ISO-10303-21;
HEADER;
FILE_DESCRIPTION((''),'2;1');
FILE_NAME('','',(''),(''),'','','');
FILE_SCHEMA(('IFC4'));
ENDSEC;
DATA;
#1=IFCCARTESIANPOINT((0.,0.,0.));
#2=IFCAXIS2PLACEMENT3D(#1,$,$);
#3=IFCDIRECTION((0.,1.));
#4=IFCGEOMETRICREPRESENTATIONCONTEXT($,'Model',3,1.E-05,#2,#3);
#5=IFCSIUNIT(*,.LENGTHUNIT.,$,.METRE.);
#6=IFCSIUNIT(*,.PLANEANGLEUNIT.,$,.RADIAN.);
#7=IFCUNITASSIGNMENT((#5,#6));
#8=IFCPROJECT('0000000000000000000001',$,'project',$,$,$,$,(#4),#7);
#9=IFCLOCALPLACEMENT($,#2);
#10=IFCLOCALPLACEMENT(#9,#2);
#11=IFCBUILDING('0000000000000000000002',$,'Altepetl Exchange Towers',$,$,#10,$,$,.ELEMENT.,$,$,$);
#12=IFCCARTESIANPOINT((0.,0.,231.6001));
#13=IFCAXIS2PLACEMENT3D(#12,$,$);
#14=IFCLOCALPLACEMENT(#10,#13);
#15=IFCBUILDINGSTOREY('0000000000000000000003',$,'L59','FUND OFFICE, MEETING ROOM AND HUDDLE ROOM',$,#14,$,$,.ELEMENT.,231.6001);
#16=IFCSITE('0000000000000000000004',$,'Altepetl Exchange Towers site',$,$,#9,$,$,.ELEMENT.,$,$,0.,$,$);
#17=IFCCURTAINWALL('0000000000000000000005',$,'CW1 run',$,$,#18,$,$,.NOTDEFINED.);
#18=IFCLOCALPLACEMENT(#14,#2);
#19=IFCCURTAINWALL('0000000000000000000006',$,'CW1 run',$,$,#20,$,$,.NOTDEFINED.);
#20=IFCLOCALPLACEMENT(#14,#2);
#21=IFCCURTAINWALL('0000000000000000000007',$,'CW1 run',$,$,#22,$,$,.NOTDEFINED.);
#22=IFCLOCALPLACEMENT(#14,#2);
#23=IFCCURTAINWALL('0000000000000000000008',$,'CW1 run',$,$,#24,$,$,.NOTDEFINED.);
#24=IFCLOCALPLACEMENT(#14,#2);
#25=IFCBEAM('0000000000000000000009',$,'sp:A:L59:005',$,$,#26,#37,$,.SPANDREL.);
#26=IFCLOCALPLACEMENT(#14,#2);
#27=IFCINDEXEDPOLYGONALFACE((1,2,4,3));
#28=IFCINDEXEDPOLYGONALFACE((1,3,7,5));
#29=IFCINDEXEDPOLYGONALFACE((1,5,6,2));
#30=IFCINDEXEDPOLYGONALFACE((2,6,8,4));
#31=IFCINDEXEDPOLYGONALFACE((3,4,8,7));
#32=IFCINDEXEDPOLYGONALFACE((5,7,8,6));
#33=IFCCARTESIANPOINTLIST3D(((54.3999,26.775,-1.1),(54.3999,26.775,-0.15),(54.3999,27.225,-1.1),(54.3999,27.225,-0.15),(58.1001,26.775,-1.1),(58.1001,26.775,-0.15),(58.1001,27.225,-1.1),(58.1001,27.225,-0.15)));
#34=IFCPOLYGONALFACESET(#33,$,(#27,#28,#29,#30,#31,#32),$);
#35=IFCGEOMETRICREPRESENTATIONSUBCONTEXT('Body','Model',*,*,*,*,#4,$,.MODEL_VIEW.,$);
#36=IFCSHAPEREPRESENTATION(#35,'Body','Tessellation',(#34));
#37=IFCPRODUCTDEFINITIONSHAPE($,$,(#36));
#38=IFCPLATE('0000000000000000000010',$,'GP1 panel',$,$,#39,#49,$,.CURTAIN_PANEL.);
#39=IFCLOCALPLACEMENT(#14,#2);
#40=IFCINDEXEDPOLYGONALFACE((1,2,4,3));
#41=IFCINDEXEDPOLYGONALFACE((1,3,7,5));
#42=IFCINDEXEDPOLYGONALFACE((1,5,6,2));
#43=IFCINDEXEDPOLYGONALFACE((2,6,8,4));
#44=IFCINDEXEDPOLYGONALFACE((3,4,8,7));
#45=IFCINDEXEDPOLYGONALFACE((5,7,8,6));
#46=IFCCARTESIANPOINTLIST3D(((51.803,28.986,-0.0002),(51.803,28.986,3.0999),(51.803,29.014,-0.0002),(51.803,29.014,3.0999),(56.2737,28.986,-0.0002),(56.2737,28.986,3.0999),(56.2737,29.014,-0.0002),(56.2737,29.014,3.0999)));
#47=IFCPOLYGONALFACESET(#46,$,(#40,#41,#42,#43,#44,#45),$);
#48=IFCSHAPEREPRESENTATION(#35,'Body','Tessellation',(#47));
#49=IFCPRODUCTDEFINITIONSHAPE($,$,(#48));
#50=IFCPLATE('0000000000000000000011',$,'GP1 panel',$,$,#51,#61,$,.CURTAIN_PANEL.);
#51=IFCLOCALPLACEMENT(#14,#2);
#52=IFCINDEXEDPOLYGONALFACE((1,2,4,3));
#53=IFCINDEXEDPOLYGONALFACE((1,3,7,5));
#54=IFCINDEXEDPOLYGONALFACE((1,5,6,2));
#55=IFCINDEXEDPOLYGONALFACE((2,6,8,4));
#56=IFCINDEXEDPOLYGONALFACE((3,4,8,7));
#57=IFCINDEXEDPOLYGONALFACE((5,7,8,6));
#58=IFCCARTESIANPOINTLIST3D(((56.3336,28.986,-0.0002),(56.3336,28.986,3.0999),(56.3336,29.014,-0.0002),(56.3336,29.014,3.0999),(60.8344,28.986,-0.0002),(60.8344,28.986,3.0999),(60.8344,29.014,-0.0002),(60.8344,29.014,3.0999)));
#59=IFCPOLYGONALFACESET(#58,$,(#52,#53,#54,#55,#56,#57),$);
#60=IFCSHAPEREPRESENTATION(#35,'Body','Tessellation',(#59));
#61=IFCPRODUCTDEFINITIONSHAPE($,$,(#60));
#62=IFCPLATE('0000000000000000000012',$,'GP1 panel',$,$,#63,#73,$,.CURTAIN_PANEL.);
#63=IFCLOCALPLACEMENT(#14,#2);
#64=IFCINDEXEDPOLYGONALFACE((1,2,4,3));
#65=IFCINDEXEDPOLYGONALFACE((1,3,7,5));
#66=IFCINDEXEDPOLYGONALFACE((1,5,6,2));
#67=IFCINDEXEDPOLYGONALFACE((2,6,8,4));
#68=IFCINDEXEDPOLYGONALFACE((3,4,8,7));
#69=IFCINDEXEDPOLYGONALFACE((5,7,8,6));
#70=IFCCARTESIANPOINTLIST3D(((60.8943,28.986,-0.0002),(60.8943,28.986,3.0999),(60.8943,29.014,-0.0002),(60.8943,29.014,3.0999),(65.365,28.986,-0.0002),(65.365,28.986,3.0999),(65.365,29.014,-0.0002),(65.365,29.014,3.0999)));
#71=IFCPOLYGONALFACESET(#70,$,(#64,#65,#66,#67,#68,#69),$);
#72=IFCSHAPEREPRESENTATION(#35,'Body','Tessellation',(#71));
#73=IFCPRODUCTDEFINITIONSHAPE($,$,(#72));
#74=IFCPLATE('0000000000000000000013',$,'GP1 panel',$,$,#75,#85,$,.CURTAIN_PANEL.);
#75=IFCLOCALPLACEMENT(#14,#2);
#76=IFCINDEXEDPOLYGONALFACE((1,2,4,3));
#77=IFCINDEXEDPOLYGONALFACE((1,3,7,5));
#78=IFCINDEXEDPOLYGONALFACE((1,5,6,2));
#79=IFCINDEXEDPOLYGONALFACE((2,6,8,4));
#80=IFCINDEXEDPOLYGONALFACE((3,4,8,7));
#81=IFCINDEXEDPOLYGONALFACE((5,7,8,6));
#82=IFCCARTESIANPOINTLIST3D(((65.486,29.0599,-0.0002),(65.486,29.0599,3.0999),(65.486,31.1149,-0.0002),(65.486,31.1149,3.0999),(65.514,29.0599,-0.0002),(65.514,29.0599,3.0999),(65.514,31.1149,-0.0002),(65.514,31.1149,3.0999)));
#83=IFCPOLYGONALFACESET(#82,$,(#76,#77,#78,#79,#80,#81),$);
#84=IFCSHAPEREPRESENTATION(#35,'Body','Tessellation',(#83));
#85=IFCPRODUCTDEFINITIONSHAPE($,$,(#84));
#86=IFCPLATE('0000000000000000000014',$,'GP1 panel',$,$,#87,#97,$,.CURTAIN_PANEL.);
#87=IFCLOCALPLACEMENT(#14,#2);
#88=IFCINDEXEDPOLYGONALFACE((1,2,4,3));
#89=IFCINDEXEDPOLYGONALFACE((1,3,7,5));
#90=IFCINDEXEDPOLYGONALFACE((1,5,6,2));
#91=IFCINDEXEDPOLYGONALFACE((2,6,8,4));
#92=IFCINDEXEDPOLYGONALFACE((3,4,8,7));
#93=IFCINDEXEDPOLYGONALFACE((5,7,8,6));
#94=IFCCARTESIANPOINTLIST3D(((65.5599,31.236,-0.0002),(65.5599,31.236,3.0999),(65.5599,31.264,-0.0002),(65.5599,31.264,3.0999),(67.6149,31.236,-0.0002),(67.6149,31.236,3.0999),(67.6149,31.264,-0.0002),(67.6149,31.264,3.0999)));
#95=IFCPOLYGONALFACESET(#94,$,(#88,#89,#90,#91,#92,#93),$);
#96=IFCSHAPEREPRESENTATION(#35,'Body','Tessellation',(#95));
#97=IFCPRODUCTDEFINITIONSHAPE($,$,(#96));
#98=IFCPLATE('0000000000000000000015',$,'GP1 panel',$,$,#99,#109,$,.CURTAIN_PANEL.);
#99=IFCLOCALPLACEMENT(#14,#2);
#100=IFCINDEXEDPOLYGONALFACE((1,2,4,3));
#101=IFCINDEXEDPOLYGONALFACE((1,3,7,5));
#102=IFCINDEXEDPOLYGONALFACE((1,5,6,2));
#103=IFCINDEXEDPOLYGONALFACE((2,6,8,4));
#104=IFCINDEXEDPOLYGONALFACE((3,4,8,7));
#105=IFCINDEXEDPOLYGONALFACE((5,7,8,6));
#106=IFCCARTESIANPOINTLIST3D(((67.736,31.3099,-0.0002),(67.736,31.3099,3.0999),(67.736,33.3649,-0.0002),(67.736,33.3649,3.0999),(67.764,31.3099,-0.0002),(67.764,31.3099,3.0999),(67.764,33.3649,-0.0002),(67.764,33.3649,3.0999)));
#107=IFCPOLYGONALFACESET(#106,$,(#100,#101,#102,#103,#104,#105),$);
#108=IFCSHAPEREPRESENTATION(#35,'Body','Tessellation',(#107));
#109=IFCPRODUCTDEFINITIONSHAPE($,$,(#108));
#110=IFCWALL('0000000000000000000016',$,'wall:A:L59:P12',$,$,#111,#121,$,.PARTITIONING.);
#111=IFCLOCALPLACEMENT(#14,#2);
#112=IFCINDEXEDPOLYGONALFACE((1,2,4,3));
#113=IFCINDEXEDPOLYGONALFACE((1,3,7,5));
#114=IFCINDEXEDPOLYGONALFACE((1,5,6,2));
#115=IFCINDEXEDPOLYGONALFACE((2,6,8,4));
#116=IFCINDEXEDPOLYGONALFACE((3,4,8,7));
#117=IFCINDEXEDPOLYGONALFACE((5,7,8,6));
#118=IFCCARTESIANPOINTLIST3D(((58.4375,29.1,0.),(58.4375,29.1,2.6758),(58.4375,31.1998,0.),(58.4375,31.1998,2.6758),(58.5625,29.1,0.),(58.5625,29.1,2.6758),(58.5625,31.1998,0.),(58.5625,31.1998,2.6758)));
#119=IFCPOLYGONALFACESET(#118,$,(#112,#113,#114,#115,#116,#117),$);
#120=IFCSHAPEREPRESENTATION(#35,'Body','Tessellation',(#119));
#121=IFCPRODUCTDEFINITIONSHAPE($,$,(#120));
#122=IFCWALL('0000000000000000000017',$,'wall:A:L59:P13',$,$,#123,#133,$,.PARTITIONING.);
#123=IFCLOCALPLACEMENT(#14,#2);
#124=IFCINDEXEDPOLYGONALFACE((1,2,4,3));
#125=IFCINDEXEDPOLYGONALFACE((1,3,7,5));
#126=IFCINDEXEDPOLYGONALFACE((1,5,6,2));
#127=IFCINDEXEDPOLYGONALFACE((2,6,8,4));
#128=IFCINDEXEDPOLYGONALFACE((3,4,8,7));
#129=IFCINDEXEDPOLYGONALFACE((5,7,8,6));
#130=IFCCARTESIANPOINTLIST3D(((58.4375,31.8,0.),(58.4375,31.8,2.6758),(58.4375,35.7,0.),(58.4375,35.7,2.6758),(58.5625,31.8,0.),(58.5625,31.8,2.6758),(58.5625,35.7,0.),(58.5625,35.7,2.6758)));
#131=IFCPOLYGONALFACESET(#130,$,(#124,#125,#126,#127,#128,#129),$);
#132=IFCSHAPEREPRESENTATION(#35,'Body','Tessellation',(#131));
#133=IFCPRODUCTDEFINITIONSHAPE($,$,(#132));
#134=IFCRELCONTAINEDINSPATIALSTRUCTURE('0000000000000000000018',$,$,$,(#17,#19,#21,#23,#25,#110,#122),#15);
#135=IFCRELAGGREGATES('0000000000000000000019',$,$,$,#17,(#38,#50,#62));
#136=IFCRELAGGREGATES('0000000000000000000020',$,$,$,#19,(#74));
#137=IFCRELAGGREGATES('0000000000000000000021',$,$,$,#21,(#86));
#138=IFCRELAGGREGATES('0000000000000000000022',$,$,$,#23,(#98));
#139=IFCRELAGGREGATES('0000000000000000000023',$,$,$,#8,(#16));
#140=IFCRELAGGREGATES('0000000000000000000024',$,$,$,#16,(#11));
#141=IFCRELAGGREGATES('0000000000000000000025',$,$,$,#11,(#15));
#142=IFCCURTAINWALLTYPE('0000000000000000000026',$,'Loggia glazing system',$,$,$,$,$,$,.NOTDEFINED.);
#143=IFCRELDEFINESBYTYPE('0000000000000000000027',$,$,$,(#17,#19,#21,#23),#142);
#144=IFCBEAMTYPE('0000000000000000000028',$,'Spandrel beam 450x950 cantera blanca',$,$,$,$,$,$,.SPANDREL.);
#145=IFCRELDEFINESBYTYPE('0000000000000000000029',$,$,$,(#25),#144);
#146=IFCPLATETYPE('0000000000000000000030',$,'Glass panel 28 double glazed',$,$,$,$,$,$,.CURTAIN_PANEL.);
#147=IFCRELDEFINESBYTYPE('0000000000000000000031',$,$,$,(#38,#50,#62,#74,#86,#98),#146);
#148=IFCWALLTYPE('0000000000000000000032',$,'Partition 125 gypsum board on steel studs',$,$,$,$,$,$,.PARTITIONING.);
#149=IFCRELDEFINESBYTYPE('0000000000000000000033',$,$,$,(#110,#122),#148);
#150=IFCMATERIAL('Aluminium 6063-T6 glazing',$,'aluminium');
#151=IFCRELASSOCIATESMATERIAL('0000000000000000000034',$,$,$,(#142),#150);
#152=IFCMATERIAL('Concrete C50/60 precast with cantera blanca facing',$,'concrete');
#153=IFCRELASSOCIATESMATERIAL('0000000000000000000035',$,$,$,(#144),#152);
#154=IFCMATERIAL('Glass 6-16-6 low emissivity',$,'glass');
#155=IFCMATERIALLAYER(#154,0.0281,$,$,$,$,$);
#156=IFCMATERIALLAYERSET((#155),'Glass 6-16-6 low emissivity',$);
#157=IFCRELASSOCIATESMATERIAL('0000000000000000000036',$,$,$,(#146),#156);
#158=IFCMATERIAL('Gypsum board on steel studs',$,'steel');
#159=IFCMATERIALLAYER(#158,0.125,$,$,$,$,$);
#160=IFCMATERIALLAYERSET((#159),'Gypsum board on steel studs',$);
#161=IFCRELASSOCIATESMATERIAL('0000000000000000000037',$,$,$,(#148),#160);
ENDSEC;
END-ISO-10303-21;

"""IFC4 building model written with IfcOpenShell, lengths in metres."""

from ifc_helpers import new_model, si_unit, direction, frame, frame_2d, origin, origin_2d, place, context, subcontext, project, spatial, rectangle, extrude, material, layer, layer_set, material_profile, profile_set, type_object, element, aggregate, save


model = new_model("IFC4")

# Units and contexts
model_context = context("Model", 3, precision=1e-05, world=origin(), true_north=direction((0.0, 1.0)))
body_context = subcontext(model_context, "Body", "Model", "MODEL_VIEW")
ifc_project = project(units=[si_unit("LENGTHUNIT", "METRE"), si_unit("PLANEANGLEUNIT", "RADIAN")], contexts=[model_context])

# Site, building, storey
site_placement = place(None, origin())
site = spatial("IfcSite", under=ifc_project, at=site_placement, Name="Altepetl Exchange Towers site", CompositionType="ELEMENT", RefElevation=0.0)
building_placement = place(site_placement, origin())
building = spatial("IfcBuilding", under=site, at=building_placement, Name="Altepetl Exchange Towers", CompositionType="ELEMENT")
storey_placement = place(building_placement, frame((0.0, 0.0, 231.6001)))
storey = spatial("IfcBuildingStorey", under=building, at=storey_placement, Name="L59", Description="FUND OFFICE, MEETING ROOM AND HUDDLE ROOM", CompositionType="ELEMENT", Elevation=231.6001)

# Curtain walls
ifc_material_1 = material(Name="Aluminium 6063-T6 glazing", Category="aluminium")
curtain_wall_type = type_object("IfcCurtainWallType", Name="Loggia glazing system", PredefinedType="NOTDEFINED", material=ifc_material_1)
curtain_wall_1_placement = place(storey_placement, origin())
curtain_wall_1 = element("IfcCurtainWall", 1, at=curtain_wall_1_placement, inside=storey, type_object=curtain_wall_type, Name="CW1 run", PredefinedType="NOTDEFINED")
curtain_wall_2_placement = place(storey_placement, origin())
curtain_wall_2 = element("IfcCurtainWall", 2, at=curtain_wall_2_placement, inside=storey, type_object=curtain_wall_type, Name="CW1 run", PredefinedType="NOTDEFINED")
curtain_wall_3_placement = place(storey_placement, origin())
curtain_wall_3 = element("IfcCurtainWall", 3, at=curtain_wall_3_placement, inside=storey, type_object=curtain_wall_type, Name="CW1 run", PredefinedType="NOTDEFINED")

# Curtain wall
curtain_wall_4_placement = place(storey_placement, origin())
curtain_wall_4 = element("IfcCurtainWall", 4, at=curtain_wall_4_placement, inside=storey, type_object=curtain_wall_type, Name="CW1 run", PredefinedType="NOTDEFINED")

# Beam
ifc_material_2 = material(Name="Concrete C50/60 precast with cantera blanca facing", Category="concrete")
ifc_material_profile_1 = material_profile(ifc_material_2, rectangle(XDim=0.45, YDim=0.95, at=origin_2d()), Name="450 x 950")
ifc_profile_set_1 = profile_set([ifc_material_profile_1], Name="Concrete C50/60 precast with cantera blanca facing")
beam_type_1 = type_object("IfcBeamType", Name="Spandrel beam 450x950 cantera blanca", PredefinedType="SPANDREL", material=ifc_profile_set_1)
beam_1_placement = place(storey_placement, frame((54.3999, 27.0, -0.625), z_axis=(1.0, 0.0, 0.0), x_axis=(0.0, 1.0, 0.0)))
element("IfcBeam", 5, at=beam_1_placement, inside=storey, type_object=beam_type_1, Name="sp:A:L59:005", PredefinedType="SPANDREL", context=body_context, shape_type="SweptSolid", body=[
    extrude(rectangle(XDim=0.45, YDim=0.95, at=origin_2d()), origin(), (0.0, 0.0, 1.0), 3.7002),
])

# Plates
ifc_material_3 = material(Name="Glass 6-16-6 low emissivity", Category="glass")
ifc_layer_1 = layer(ifc_material_3, 0.0281)
ifc_layer_set_1 = layer_set([ifc_layer_1], Name="Glass 6-16-6 low emissivity")
plate_type = type_object("IfcPlateType", Name="Glass panel 28 double glazed", PredefinedType="CURTAIN_PANEL", material=ifc_layer_set_1)
plate_1_placement = place(storey_placement, frame((54.0383, 29.0, -0.0002)))
plate_1 = element("IfcPlate", 6, at=plate_1_placement, type_object=plate_type, Name="GP1 panel", PredefinedType="CURTAIN_PANEL", context=body_context, shape_type="SweptSolid", body=[
    extrude(rectangle(XDim=4.4707, YDim=0.0281, at=origin_2d()), origin(), (0.0, 0.0, 1.0), 3.1001),
])
plate_2_placement = place(storey_placement, frame((58.584, 29.0, -0.0002)))
plate_2 = element("IfcPlate", 7, at=plate_2_placement, type_object=plate_type, Name="GP1 panel", PredefinedType="CURTAIN_PANEL", context=body_context, shape_type="SweptSolid", body=[
    extrude(rectangle(XDim=4.5007, YDim=0.0281, at=origin_2d()), origin(), (0.0, 0.0, 1.0), 3.1001),
])
plate_3_placement = place(storey_placement, frame((63.1296, 29.0, -0.0002)))
plate_3 = element("IfcPlate", 8, at=plate_3_placement, type_object=plate_type, Name="GP1 panel", PredefinedType="CURTAIN_PANEL", context=body_context, shape_type="SweptSolid", body=[
    extrude(rectangle(XDim=4.4707, YDim=0.0281, at=origin_2d()), origin(), (0.0, 0.0, 1.0), 3.1001),
])
aggregate(curtain_wall_1, [plate_1, plate_2, plate_3])
plate_4_placement = place(storey_placement, frame((65.5, 30.0874, -0.0002), z_axis=(0.0, 0.0, 1.0), x_axis=(0.0, 1.0, 0.0)))
plate_4 = element("IfcPlate", 9, at=plate_4_placement, type_object=plate_type, Name="GP1 panel", PredefinedType="CURTAIN_PANEL", context=body_context, shape_type="SweptSolid", body=[
    extrude(rectangle(XDim=2.0549, YDim=0.0281, at=origin_2d()), origin(), (0.0, 0.0, 1.0), 3.1001),
])
aggregate(curtain_wall_2, [plate_4])
plate_5_placement = place(storey_placement, frame((66.5874, 31.25, -0.0002)))
plate_5 = element("IfcPlate", 10, at=plate_5_placement, type_object=plate_type, Name="GP1 panel", PredefinedType="CURTAIN_PANEL", context=body_context, shape_type="SweptSolid", body=[
    extrude(rectangle(XDim=2.0549, YDim=0.0281, at=origin_2d()), origin(), (0.0, 0.0, 1.0), 3.1001),
])
aggregate(curtain_wall_3, [plate_5])
plate_6_placement = place(storey_placement, frame((67.75, 32.3374, -0.0002), z_axis=(0.0, 0.0, 1.0), x_axis=(0.0, 1.0, 0.0)))
plate_6 = element("IfcPlate", 11, at=plate_6_placement, type_object=plate_type, Name="GP1 panel", PredefinedType="CURTAIN_PANEL", context=body_context, shape_type="SweptSolid", body=[
    extrude(rectangle(XDim=2.0549, YDim=0.0281, at=origin_2d()), origin(), (0.0, 0.0, 1.0), 3.1001),
])
aggregate(curtain_wall_4, [plate_6])

# Walls
ifc_material_4 = material(Name="Gypsum board on steel studs", Category="steel")
ifc_layer_2 = layer(ifc_material_4, 0.125)
ifc_layer_set_2 = layer_set([ifc_layer_2], Name="Gypsum board on steel studs")
wall_type = type_object("IfcWallType", Name="Partition 125 gypsum board on steel studs", PredefinedType="PARTITIONING", material=ifc_layer_set_2)
wall_1_placement = place(storey_placement, frame((58.5, 29.1001, 0.0), z_axis=(0.0, 0.0, 1.0), x_axis=(0.0, 1.0, 0.0)))
element("IfcWall", 12, at=wall_1_placement, inside=storey, type_object=wall_type, Name="wall:A:L59:P12", PredefinedType="PARTITIONING", context=body_context, shape_type="SweptSolid", body=[
    extrude(rectangle(XDim=2.0999, YDim=0.125, at=frame_2d((1.0498, 0.0))), origin(), (0.0, 0.0, 1.0), 2.6758),
])
wall_2_placement = place(storey_placement, frame((58.5, 31.8, 0.0), z_axis=(0.0, 0.0, 1.0), x_axis=(0.0, 1.0, 0.0)))
element("IfcWall", 13, at=wall_2_placement, inside=storey, type_object=wall_type, Name="wall:A:L59:P13", PredefinedType="PARTITIONING", context=body_context, shape_type="SweptSolid", body=[
    extrude(rectangle(XDim=3.8999, YDim=0.125, at=frame_2d((1.95, 0.0))), origin(), (0.0, 0.0, 1.0), 2.6758),
])

save(model, "model.ifc")
